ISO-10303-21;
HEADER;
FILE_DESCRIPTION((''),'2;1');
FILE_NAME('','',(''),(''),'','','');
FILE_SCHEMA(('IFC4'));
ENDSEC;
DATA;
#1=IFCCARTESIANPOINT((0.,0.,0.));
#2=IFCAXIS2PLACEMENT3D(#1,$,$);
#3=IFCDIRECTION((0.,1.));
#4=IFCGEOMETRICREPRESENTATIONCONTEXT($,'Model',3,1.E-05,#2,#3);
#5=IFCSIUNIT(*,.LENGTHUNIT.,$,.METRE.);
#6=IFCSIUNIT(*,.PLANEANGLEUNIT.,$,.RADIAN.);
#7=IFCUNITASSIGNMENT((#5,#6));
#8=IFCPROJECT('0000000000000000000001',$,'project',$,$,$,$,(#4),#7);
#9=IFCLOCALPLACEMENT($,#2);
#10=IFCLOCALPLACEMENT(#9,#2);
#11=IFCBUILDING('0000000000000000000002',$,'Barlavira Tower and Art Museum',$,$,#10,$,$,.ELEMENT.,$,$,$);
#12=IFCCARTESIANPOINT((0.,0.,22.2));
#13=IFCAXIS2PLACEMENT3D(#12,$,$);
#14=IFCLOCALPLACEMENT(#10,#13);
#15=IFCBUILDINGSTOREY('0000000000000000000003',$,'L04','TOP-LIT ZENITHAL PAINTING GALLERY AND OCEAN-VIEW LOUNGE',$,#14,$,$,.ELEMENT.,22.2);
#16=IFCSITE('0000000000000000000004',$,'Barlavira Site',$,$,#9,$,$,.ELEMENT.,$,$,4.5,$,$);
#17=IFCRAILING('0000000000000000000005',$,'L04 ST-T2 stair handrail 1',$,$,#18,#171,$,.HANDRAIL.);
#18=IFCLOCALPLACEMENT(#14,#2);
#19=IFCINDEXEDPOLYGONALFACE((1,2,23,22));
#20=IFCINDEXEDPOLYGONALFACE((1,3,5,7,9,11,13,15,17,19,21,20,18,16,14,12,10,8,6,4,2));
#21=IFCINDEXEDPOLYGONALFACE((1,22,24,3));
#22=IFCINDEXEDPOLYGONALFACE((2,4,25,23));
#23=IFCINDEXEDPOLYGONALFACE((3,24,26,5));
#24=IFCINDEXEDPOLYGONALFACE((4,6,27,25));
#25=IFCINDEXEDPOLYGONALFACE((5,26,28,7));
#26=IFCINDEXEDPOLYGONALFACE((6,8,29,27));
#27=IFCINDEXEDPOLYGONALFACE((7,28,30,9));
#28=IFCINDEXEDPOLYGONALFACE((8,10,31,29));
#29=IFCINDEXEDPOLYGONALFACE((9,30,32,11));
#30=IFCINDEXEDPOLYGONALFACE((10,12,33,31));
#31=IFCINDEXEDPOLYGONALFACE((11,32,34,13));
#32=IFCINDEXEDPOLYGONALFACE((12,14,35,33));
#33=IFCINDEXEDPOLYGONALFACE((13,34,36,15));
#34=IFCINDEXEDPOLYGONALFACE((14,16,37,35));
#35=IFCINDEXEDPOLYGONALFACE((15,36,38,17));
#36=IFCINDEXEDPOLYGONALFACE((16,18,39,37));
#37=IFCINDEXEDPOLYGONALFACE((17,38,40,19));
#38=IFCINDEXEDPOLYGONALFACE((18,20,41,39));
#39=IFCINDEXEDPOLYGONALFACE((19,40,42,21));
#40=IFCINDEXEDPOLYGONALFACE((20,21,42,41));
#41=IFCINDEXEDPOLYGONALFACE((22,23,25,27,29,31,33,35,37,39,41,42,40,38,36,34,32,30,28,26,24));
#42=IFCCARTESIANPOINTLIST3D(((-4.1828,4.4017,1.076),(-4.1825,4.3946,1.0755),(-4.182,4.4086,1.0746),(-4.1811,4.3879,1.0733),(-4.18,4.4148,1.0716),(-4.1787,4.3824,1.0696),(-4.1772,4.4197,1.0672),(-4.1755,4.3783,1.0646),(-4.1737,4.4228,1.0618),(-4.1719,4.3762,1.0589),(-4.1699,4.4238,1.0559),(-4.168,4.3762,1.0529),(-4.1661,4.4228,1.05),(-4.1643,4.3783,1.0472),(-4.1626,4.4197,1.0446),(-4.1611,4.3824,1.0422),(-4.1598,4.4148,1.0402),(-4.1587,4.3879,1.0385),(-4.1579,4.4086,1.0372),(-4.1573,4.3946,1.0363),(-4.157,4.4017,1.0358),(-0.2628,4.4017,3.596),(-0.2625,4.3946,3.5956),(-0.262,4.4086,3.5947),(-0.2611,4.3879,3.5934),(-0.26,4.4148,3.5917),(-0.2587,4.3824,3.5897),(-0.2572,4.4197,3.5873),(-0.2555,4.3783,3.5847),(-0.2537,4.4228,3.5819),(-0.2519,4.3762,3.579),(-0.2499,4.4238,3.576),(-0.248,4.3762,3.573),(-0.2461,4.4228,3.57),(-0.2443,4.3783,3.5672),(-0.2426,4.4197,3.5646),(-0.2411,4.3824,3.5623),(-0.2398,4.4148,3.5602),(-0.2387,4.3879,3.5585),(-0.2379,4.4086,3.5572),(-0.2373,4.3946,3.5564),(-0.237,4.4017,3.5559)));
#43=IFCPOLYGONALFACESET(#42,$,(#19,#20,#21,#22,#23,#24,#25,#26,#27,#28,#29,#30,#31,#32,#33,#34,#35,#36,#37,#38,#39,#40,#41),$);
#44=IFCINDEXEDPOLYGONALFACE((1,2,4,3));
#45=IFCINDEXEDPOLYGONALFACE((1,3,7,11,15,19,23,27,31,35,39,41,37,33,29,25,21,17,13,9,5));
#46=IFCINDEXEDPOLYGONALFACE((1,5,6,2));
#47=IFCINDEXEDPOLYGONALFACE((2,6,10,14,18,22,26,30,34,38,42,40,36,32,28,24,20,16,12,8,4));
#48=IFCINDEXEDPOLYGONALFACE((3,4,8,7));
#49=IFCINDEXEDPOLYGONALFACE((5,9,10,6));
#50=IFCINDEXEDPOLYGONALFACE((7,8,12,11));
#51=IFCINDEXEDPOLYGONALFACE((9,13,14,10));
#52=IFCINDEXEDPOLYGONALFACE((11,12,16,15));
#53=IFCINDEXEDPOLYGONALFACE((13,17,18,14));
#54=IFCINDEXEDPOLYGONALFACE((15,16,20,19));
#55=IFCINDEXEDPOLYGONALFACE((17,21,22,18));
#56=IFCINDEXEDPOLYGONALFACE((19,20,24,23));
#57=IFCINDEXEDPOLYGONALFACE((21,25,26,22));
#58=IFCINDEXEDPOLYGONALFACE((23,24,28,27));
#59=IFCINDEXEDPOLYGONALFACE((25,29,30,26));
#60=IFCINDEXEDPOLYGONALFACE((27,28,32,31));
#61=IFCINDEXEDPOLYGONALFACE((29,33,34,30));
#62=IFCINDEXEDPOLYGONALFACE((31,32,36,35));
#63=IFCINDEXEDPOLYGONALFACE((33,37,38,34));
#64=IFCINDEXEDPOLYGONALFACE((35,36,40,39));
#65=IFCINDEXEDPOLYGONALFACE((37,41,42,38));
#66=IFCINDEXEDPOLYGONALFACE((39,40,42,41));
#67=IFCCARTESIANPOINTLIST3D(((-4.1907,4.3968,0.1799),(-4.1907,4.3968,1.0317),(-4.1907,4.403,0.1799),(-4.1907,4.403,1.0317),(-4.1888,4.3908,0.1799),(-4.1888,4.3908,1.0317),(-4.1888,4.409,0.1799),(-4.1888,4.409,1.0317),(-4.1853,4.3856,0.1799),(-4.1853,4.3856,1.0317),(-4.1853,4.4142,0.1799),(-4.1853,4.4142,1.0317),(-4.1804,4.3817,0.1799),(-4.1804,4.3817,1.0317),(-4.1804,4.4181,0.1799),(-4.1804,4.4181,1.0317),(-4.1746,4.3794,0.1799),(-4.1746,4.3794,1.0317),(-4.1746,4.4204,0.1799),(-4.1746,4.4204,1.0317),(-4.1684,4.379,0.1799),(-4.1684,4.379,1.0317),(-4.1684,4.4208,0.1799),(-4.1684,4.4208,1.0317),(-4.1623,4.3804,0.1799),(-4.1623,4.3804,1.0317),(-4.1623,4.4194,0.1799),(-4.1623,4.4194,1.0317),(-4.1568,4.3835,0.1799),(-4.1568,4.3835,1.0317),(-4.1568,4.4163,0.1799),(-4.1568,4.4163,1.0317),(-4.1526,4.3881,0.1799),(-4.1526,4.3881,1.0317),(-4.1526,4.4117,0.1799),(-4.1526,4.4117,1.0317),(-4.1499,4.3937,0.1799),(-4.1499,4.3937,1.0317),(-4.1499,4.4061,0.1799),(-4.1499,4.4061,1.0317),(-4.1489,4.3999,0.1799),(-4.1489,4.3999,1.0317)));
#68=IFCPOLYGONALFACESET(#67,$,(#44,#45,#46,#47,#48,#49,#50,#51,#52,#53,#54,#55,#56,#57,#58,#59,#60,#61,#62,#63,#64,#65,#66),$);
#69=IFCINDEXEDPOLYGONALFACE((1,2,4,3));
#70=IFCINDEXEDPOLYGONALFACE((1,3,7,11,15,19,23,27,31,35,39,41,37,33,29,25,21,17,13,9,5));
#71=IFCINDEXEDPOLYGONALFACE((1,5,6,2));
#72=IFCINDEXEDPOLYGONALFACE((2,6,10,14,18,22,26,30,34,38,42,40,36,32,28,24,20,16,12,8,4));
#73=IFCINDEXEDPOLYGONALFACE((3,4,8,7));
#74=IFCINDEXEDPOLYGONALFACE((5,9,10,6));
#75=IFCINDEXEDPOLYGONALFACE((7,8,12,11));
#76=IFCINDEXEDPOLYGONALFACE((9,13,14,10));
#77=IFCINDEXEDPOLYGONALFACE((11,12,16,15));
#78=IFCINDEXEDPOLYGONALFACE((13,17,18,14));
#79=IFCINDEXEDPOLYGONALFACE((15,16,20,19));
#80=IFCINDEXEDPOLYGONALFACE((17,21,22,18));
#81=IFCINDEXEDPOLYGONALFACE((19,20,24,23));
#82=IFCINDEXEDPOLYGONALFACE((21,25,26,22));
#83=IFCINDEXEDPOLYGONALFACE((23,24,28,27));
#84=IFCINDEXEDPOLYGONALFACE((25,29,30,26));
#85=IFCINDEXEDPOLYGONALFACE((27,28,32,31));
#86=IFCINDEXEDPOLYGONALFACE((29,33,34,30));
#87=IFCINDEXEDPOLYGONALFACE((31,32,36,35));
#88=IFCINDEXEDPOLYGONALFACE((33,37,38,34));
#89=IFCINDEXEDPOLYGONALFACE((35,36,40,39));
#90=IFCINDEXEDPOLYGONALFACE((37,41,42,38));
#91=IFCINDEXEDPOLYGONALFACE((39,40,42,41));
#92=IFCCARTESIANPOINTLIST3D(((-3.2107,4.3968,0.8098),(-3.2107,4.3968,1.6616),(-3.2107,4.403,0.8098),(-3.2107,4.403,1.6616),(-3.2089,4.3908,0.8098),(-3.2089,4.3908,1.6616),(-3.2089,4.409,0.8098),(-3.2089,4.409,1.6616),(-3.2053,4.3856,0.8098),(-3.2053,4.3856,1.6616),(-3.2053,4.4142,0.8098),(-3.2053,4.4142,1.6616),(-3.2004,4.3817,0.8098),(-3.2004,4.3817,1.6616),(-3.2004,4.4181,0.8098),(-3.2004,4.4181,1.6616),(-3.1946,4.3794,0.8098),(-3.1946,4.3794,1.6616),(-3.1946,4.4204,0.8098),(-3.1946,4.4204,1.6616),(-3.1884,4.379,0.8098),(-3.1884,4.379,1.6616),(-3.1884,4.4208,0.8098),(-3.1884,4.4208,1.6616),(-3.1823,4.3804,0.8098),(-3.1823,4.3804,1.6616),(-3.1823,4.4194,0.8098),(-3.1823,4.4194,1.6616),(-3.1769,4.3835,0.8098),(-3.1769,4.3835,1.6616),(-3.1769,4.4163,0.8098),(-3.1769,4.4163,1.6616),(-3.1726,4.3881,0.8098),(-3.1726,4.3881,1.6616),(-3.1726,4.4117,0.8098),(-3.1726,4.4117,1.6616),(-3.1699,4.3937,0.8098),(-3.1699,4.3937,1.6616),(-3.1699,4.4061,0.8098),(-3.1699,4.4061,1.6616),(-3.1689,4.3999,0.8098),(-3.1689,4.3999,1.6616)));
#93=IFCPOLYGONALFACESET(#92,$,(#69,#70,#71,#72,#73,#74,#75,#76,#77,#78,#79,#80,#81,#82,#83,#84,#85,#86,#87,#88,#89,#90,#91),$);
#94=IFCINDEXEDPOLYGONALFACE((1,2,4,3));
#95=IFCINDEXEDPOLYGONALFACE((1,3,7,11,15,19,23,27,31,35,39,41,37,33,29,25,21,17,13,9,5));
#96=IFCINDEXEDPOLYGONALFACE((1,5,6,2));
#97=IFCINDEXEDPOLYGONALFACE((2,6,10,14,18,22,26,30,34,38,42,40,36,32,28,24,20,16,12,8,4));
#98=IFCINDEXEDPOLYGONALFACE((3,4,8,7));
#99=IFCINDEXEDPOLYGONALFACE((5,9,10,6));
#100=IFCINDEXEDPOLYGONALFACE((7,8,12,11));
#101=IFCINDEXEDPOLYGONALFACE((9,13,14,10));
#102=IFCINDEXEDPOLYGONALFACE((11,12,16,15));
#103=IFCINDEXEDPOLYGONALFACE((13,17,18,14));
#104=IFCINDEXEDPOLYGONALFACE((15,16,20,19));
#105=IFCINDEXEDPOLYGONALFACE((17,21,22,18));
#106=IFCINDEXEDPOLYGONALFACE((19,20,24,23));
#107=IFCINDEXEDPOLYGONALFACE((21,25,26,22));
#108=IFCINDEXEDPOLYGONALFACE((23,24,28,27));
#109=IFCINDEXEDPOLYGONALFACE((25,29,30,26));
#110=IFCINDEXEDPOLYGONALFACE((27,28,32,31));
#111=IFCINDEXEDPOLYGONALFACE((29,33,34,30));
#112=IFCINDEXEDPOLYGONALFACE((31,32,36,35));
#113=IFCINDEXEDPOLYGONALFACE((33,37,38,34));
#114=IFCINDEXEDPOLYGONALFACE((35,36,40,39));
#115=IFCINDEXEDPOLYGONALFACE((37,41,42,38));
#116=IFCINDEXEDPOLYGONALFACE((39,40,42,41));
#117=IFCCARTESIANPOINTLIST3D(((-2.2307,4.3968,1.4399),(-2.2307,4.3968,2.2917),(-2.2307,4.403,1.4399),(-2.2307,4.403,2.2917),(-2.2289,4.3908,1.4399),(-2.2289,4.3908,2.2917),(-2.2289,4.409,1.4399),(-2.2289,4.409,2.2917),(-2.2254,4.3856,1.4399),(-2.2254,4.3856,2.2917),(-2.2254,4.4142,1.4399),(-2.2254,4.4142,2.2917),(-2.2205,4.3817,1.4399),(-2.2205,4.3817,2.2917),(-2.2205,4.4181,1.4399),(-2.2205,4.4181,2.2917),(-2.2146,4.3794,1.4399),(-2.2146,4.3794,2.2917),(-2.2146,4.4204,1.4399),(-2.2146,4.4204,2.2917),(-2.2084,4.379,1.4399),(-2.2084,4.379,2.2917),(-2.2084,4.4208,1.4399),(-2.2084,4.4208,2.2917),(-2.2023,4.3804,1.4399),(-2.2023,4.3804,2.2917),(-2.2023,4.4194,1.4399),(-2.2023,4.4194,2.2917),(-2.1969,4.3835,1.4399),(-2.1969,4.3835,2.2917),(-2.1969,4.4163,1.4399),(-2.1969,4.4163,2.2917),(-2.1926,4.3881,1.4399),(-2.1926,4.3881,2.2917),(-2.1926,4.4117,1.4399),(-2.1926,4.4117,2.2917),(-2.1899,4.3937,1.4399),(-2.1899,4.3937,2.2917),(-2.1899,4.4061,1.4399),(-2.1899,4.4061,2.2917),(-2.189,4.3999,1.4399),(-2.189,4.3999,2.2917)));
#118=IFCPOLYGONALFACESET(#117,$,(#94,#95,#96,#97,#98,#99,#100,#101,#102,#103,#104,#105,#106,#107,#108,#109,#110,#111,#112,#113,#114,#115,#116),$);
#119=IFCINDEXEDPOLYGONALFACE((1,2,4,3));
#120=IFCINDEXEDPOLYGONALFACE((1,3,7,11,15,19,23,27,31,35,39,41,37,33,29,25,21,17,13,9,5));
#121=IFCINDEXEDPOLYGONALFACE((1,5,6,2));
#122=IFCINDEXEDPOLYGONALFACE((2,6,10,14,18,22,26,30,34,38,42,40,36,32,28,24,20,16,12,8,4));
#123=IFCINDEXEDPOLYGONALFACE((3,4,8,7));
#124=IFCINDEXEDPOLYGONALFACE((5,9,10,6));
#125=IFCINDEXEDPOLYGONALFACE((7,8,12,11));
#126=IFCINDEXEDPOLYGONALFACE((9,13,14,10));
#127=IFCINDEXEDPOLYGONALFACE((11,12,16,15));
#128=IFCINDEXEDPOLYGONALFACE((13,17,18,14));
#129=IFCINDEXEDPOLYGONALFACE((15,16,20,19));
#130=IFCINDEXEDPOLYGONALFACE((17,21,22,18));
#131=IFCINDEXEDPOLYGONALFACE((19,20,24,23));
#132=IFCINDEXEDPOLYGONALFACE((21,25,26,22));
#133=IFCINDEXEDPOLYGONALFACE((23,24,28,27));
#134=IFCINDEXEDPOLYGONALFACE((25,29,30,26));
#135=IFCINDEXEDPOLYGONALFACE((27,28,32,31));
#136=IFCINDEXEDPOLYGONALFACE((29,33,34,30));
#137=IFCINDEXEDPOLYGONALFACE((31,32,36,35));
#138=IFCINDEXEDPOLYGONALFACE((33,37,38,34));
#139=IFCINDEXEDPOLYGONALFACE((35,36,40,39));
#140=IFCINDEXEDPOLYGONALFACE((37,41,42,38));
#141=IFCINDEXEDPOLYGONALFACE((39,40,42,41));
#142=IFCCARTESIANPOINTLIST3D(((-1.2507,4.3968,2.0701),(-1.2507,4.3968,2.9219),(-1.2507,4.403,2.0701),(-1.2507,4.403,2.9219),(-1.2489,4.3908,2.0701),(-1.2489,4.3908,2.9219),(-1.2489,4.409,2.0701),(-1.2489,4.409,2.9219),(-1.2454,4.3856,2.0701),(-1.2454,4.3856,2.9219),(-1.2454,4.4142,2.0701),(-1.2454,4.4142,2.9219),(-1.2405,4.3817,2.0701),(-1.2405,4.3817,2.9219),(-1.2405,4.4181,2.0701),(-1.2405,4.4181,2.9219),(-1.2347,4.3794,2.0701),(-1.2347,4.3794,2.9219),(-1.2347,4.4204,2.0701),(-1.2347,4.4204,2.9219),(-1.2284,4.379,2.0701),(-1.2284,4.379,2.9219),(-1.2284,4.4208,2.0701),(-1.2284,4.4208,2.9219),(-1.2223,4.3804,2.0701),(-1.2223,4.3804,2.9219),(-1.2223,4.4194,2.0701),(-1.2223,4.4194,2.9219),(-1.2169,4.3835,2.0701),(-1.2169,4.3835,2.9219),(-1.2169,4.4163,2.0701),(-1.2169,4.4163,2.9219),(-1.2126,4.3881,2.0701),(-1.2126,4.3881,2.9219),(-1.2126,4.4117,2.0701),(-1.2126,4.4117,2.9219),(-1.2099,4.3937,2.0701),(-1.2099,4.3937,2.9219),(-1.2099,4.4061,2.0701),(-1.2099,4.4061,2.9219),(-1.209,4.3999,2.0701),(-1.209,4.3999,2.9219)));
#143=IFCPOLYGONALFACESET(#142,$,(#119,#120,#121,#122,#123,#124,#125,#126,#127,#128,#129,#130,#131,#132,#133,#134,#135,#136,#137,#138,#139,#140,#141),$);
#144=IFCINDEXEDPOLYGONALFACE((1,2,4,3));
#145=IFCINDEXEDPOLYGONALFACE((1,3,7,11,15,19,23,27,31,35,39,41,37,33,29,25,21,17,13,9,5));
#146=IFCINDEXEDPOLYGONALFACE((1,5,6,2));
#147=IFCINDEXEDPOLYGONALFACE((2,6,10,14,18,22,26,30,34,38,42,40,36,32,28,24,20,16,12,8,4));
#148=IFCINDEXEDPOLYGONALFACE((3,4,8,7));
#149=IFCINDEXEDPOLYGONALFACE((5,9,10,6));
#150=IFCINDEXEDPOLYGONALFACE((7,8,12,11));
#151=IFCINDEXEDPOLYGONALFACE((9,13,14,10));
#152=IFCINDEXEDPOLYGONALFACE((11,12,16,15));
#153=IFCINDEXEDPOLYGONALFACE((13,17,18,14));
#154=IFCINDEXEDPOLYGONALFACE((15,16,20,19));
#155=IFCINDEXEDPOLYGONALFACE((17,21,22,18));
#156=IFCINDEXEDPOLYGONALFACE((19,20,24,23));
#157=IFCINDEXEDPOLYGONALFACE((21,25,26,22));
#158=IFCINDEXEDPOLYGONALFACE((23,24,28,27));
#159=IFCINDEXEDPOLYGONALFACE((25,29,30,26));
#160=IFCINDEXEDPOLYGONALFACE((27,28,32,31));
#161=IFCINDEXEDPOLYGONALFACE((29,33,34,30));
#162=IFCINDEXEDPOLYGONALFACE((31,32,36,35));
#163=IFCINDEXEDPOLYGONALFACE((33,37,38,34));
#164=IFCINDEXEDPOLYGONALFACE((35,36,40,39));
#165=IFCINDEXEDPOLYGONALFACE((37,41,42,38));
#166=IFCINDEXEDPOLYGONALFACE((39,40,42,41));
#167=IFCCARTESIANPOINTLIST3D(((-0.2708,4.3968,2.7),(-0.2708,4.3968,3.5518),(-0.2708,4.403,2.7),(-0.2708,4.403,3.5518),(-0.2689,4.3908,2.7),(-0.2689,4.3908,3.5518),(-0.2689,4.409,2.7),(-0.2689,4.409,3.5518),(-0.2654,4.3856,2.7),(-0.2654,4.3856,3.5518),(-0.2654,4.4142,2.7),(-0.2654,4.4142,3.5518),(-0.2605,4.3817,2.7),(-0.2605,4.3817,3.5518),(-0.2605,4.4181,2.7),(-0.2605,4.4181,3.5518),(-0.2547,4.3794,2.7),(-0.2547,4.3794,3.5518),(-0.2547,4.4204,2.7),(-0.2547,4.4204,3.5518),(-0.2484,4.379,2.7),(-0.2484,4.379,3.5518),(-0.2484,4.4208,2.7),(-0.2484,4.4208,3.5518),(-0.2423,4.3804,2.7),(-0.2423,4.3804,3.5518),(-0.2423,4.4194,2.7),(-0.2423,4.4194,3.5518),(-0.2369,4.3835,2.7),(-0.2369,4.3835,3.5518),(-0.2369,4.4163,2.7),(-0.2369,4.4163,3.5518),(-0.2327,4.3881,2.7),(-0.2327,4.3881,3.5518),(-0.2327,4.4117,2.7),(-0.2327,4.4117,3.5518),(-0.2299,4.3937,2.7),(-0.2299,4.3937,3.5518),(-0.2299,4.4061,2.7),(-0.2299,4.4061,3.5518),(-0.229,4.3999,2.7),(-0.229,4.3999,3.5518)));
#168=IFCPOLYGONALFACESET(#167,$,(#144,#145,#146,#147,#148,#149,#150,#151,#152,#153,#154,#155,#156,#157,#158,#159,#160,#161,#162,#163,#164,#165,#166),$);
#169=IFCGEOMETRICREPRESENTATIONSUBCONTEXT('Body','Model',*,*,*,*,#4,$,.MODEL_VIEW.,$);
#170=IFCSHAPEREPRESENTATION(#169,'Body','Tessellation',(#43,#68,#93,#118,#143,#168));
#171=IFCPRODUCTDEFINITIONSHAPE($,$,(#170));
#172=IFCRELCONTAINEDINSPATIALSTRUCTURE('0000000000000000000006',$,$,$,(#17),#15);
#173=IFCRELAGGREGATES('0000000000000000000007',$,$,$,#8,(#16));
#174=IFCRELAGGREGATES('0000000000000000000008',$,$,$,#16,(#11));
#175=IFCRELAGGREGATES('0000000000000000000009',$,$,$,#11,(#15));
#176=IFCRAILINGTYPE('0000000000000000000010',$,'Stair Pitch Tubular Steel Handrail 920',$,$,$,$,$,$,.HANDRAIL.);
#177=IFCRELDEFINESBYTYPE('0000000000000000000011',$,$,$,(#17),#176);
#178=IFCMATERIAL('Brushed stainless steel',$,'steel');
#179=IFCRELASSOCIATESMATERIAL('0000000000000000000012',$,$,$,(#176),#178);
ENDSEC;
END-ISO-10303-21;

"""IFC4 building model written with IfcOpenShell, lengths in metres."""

from ifc_helpers import new_model, si_unit, direction, frame, origin, origin_2d, place, context, subcontext, project, spatial, circle, extrude, material, type_object, element, save


model = new_model("IFC4")

# Units and contexts
model_context = context("Model", 3, precision=1e-05, world=origin(), true_north=direction((0.0, 1.0)))
body_context = subcontext(model_context, "Body", "Model", "MODEL_VIEW")
ifc_project = project(units=[si_unit("LENGTHUNIT", "METRE"), si_unit("PLANEANGLEUNIT", "RADIAN")], contexts=[model_context])

# Site, building, storey
site_placement = place(None, origin())
site = spatial("IfcSite", under=ifc_project, at=site_placement, Name="Barlavira Site", CompositionType="ELEMENT", RefElevation=4.5)
building_placement = place(site_placement, origin())
building = spatial("IfcBuilding", under=site, at=building_placement, Name="Barlavira Tower and Art Museum", CompositionType="ELEMENT")
storey_placement = place(building_placement, frame((0.0, 0.0, 22.2)))
storey = spatial("IfcBuildingStorey", under=building, at=storey_placement, Name="L04", Description="TOP-LIT ZENITHAL PAINTING GALLERY AND OCEAN-VIEW LOUNGE", CompositionType="ELEMENT", Elevation=22.2)

# Shared definitions
ifc_material_1 = material(Name="Brushed stainless steel", Category="steel")

# Railing
railing_type_1 = type_object("IfcRailingType", Name="Stair Pitch Tubular Steel Handrail 920", PredefinedType="HANDRAIL", material=ifc_material_1)
railing_1_placement = place(storey_placement, frame((-4.1699, 4.3999, 0.1799)))
element("IfcRailing", 1, at=railing_1_placement, inside=storey, type_object=railing_type_1, Name="L04 ST-T2 stair handrail 1", PredefinedType="HANDRAIL", context=body_context, shape_type="SweptSolid", body=[
    extrude(circle(Radius=0.0239, at=origin_2d()), frame((0.0, 0.0, 0.876), z_axis=(0.841172, 0.0, 0.540768), x_axis=(0.0, 1.0, 0.0)), (0.0, 0.0, 1.0), 4.6602),
    extrude(circle(Radius=0.021, at=origin_2d()), origin(), (0.0, 0.0, 1.0), 0.8518),
    extrude(circle(Radius=0.021, at=origin_2d()), frame((0.98, 0.0, 0.6299)), (0.0, 0.0, 1.0), 0.8518),
    extrude(circle(Radius=0.021, at=origin_2d()), frame((1.96, 0.0, 1.26)), (0.0, 0.0, 1.0), 0.8518),
    extrude(circle(Radius=0.021, at=origin_2d()), frame((2.9399, 0.0, 1.8901)), (0.0, 0.0, 1.0), 0.8518),
    extrude(circle(Radius=0.021, at=origin_2d()), frame((3.9199, 0.0, 2.52)), (0.0, 0.0, 1.0), 0.8518),
])

save(model, "model.ifc")
